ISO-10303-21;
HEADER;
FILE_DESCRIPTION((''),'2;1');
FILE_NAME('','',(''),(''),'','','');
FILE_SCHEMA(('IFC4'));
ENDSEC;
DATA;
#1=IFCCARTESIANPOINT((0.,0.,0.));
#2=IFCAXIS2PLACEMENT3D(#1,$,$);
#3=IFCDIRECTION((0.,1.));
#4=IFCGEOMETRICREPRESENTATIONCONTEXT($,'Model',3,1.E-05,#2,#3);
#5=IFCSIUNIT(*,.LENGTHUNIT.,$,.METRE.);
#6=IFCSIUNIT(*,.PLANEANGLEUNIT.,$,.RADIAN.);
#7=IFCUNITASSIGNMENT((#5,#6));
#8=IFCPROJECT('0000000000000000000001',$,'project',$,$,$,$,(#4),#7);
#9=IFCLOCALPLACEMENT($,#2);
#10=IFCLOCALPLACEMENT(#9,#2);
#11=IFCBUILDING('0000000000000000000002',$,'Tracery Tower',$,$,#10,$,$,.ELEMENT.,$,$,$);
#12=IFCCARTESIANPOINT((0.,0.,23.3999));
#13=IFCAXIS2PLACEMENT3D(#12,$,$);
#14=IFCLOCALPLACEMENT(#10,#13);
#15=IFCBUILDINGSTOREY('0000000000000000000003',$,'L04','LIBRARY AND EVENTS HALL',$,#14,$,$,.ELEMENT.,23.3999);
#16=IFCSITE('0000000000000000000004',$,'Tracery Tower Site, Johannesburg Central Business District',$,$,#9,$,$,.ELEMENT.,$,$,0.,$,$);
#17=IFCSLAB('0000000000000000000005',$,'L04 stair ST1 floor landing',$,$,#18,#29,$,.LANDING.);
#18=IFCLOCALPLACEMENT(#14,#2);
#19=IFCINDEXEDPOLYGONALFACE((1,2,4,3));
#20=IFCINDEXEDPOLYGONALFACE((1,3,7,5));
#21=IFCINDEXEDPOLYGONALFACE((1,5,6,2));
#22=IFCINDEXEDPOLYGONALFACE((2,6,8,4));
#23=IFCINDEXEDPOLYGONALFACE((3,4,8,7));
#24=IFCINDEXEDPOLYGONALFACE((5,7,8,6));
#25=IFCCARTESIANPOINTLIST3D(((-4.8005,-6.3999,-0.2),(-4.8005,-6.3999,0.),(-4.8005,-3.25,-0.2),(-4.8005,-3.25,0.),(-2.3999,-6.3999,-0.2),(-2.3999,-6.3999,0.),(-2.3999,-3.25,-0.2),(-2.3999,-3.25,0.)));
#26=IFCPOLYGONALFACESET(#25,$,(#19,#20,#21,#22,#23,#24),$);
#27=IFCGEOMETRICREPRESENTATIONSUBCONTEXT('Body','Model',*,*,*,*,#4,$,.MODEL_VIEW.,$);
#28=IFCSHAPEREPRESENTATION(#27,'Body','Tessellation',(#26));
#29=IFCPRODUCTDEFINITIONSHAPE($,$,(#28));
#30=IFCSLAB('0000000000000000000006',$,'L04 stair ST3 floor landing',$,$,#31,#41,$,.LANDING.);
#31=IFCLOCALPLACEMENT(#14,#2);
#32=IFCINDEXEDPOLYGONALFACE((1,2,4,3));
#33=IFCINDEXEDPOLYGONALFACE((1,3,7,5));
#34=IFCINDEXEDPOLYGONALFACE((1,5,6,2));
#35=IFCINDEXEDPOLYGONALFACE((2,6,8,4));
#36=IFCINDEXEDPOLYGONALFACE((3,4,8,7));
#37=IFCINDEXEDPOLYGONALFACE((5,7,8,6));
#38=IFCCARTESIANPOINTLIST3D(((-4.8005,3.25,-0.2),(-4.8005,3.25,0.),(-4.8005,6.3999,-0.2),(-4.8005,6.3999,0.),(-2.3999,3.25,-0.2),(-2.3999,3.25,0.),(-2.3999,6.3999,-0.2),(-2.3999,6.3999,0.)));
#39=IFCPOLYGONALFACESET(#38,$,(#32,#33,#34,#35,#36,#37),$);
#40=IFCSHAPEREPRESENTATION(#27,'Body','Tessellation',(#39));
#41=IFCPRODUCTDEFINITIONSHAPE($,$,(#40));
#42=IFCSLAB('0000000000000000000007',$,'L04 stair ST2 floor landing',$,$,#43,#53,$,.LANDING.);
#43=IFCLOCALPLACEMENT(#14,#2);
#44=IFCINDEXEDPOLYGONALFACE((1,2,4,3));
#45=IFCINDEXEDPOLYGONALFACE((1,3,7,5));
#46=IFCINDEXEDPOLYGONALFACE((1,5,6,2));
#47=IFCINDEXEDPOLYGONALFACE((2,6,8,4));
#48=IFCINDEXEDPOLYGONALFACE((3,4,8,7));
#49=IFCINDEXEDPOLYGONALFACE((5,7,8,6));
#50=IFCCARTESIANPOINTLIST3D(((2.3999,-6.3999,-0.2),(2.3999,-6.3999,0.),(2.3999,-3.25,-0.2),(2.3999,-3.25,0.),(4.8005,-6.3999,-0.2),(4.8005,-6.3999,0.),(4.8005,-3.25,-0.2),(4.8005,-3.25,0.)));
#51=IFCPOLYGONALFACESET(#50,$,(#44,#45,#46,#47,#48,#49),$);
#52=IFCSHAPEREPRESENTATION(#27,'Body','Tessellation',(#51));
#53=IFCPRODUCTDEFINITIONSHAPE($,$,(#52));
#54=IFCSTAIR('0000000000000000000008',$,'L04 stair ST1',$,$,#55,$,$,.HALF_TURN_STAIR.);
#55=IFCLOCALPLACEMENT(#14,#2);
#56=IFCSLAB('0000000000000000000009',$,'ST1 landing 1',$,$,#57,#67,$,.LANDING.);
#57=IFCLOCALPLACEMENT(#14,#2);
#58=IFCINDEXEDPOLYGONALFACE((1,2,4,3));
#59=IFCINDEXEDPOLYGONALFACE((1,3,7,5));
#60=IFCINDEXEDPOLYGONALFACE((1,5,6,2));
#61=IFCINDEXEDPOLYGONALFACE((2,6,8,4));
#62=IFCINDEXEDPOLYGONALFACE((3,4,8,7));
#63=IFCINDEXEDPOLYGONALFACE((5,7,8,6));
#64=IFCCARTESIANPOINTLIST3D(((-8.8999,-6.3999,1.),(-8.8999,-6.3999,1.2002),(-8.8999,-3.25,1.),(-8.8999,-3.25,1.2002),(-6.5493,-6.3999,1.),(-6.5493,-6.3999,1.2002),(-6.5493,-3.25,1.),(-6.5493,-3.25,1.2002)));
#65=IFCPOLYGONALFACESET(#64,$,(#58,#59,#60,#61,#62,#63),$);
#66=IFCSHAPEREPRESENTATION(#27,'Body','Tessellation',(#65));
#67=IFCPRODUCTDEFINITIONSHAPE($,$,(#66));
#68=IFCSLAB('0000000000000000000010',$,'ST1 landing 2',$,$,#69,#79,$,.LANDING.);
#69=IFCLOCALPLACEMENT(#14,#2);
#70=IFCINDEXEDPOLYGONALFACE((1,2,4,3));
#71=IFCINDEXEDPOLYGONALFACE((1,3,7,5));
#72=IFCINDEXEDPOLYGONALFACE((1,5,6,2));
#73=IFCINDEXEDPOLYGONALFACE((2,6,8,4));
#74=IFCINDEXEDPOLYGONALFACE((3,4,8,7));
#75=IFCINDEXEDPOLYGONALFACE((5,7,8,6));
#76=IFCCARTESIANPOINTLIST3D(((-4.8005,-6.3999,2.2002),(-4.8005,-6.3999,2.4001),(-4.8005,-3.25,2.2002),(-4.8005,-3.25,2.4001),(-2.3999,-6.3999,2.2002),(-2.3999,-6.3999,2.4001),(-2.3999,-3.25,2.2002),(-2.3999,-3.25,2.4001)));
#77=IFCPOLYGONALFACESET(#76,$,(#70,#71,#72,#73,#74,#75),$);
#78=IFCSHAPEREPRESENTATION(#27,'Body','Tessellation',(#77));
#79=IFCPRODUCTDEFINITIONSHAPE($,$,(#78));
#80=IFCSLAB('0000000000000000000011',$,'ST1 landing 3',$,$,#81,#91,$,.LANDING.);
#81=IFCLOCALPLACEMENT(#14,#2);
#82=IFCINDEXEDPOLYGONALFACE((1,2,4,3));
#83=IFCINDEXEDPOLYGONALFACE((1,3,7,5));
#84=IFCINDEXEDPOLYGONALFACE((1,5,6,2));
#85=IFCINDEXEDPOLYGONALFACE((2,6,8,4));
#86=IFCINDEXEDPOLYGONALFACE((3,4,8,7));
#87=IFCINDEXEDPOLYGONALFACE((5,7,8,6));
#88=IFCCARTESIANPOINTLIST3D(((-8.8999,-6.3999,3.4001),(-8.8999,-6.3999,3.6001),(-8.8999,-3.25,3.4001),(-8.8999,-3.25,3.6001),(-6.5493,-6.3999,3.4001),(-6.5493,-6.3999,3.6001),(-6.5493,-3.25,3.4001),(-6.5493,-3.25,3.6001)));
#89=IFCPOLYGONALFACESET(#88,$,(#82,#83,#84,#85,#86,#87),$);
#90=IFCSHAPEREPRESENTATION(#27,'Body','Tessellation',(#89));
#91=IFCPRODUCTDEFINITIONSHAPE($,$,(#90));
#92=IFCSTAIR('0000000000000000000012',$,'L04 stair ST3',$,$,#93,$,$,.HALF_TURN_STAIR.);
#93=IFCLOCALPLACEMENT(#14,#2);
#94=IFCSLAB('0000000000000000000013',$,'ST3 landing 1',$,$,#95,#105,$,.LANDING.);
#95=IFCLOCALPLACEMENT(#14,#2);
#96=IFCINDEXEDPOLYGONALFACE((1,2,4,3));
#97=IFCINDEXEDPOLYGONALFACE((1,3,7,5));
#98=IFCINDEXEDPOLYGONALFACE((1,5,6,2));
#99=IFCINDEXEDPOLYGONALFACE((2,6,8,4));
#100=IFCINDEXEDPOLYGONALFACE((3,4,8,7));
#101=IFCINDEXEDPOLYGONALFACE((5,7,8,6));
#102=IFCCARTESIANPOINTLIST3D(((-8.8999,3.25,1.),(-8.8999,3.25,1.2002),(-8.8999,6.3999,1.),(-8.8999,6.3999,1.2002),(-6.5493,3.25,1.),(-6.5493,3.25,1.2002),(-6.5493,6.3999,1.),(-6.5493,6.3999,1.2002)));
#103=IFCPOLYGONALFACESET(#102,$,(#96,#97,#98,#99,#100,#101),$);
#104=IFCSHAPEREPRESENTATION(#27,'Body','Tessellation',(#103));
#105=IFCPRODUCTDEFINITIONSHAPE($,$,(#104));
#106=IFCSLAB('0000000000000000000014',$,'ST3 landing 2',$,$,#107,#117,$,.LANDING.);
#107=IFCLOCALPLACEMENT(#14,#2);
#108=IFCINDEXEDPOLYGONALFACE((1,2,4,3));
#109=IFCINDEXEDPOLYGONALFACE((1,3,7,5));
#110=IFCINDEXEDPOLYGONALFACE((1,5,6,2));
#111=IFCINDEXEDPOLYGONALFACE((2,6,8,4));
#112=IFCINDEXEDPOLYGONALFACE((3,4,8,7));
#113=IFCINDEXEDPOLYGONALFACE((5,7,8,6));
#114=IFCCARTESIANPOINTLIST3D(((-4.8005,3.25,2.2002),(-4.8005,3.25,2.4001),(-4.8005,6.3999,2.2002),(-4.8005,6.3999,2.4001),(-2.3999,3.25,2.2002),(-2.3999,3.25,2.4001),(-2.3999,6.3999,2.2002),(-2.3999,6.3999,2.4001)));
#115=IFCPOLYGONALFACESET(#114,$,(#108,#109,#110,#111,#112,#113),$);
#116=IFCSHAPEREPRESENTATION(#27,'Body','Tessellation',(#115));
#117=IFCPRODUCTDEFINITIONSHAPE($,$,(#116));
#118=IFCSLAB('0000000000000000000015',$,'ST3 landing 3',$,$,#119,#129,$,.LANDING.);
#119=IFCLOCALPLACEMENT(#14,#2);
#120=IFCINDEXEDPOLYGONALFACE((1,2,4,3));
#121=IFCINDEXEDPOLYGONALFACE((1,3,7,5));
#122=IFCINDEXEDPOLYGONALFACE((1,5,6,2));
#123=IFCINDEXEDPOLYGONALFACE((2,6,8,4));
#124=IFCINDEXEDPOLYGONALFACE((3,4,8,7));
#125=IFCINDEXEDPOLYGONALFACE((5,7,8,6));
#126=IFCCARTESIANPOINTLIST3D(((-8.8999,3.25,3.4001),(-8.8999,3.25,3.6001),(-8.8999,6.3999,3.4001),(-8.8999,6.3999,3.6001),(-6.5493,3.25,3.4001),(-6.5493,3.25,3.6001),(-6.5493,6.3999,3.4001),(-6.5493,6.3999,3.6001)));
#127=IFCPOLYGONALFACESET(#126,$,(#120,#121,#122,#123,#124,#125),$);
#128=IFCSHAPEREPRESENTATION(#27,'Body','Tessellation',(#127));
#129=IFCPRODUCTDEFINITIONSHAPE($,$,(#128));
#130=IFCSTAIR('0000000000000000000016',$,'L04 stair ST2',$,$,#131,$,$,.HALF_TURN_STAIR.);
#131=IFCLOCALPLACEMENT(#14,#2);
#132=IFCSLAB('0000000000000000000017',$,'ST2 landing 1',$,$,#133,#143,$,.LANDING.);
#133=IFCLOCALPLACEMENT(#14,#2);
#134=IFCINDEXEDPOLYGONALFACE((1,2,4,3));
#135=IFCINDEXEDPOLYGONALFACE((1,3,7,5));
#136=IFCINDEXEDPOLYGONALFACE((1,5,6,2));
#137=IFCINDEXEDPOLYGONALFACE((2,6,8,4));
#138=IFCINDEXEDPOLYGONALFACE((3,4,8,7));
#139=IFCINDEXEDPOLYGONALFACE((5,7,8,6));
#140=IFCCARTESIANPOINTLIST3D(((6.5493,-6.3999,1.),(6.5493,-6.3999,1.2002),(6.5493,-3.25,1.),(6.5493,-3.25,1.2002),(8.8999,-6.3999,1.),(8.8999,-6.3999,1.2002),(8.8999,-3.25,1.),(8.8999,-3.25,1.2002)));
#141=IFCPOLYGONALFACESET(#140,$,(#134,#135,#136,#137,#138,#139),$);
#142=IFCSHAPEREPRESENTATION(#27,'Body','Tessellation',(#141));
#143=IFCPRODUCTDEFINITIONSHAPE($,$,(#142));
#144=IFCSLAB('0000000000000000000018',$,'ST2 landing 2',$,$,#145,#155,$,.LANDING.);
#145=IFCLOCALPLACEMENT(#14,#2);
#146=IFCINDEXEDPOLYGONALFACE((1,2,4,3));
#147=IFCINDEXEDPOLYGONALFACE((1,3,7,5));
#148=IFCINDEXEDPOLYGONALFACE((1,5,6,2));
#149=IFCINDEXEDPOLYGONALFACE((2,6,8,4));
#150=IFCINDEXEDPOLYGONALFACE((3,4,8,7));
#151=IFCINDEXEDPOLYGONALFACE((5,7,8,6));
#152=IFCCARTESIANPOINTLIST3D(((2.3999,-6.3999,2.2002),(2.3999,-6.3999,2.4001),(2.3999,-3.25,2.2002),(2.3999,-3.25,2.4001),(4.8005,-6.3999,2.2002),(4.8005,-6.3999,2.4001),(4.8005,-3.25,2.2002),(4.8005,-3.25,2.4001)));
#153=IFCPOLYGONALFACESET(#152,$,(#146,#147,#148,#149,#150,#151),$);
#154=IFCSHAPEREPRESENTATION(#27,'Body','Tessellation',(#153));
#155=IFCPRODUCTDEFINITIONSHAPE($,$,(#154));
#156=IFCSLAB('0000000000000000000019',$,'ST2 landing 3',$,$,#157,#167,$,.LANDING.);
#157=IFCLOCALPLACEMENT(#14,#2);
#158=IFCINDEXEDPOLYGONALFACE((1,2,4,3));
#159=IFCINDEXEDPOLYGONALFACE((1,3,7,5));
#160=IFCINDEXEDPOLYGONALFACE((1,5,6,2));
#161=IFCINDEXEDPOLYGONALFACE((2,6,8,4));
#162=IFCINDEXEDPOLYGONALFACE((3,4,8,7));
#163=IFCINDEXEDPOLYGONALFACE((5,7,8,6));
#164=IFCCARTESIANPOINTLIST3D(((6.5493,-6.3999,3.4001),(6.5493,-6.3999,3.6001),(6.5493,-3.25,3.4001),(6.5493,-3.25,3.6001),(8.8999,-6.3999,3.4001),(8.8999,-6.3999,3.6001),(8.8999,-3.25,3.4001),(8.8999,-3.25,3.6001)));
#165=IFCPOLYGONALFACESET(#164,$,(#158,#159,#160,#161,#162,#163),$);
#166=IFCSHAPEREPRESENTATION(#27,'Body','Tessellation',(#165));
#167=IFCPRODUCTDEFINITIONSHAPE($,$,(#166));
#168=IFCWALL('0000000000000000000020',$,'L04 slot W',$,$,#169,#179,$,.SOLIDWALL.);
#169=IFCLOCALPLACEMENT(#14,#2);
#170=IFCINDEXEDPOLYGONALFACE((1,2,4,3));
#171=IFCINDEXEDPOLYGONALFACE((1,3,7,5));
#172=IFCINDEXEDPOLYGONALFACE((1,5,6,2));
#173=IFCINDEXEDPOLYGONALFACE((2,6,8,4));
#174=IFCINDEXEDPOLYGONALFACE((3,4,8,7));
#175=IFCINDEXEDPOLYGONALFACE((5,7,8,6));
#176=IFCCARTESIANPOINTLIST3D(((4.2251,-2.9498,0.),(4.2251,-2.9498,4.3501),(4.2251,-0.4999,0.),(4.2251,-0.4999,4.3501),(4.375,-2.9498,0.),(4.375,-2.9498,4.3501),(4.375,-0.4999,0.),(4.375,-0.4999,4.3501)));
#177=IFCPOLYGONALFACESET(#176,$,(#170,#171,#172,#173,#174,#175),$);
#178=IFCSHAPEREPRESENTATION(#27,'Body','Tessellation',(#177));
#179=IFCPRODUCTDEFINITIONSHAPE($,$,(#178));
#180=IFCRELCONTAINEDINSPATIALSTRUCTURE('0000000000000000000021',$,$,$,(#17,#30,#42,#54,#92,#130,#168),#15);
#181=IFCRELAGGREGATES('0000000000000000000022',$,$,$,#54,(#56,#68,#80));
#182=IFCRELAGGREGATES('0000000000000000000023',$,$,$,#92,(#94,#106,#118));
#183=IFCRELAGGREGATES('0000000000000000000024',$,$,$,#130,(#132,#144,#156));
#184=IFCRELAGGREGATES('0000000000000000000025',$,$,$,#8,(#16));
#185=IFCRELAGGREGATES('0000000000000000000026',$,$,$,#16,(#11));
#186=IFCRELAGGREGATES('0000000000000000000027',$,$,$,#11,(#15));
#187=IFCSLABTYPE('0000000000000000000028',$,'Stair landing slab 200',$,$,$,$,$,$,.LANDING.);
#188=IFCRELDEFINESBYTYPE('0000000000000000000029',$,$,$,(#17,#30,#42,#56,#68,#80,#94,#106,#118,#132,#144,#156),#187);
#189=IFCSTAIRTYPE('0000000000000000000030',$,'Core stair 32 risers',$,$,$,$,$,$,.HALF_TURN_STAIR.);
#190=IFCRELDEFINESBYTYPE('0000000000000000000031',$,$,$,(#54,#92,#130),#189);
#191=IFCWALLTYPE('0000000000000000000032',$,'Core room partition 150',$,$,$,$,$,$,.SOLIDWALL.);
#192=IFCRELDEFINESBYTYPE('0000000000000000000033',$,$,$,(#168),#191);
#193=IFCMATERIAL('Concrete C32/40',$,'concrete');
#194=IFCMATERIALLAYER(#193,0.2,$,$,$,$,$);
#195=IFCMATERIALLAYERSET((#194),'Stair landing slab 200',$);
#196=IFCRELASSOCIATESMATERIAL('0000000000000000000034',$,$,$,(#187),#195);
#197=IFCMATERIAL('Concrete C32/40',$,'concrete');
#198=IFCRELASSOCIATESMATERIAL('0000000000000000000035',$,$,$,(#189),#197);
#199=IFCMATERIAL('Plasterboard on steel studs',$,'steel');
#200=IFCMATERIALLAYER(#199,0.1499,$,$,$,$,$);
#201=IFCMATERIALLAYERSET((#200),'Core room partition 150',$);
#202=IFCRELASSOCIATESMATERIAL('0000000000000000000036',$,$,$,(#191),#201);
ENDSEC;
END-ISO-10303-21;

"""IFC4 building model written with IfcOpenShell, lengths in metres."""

from ifc_helpers import new_model, si_unit, direction, frame, frame_2d, origin, place, context, subcontext, project, spatial, polyline, rectangle, outline, extrude, material, layer, layer_set, type_object, element, aggregate, save


model = new_model("IFC4")

# Units and contexts
model_context = context("Model", 3, precision=1e-05, world=origin(), true_north=direction((0.0, 1.0)))
body_context = subcontext(model_context, "Body", "Model", "MODEL_VIEW")
ifc_project = project(units=[si_unit("LENGTHUNIT", "METRE"), si_unit("PLANEANGLEUNIT", "RADIAN")], contexts=[model_context])

# Site, building, storey
site_placement = place(None, origin())
site = spatial("IfcSite", under=ifc_project, at=site_placement, Name="Tracery Tower Site, Johannesburg Central Business District", CompositionType="ELEMENT", RefElevation=0.0)
building_placement = place(site_placement, origin())
building = spatial("IfcBuilding", under=site, at=building_placement, Name="Tracery Tower", CompositionType="ELEMENT")
storey_placement = place(building_placement, frame((0.0, 0.0, 23.3999)))
storey = spatial("IfcBuildingStorey", under=building, at=storey_placement, Name="L04", Description="LIBRARY AND EVENTS HALL", CompositionType="ELEMENT", Elevation=23.3999)

# Slabs
ifc_material_1 = material(Name="Concrete C32/40", Category="concrete")
ifc_layer_1 = layer(ifc_material_1, 0.2)
ifc_layer_set_1 = layer_set([ifc_layer_1], Name="Stair landing slab 200")
slab_type_1 = type_object("IfcSlabType", Name="Stair landing slab 200", PredefinedType="LANDING", material=ifc_layer_set_1)
slab_1_placement = place(storey_placement, frame((0.0, 0.0, -0.2)))
element("IfcSlab", 1, at=slab_1_placement, inside=storey, type_object=slab_type_1, Name="L04 stair ST1 floor landing", PredefinedType="LANDING", context=body_context, shape_type="SweptSolid", body=[
    extrude(outline(polyline([(-2.3999, -3.25), (-4.8005, -3.25), (-4.8005, -6.3999), (-2.3999, -6.3999), (-2.3999, -3.25)])), origin(), (0.0, 0.0, 1.0), 0.2),
])
slab_2_placement = place(storey_placement, frame((0.0, 0.0, -0.2)))
element("IfcSlab", 2, at=slab_2_placement, inside=storey, type_object=slab_type_1, Name="L04 stair ST3 floor landing", PredefinedType="LANDING", context=body_context, shape_type="SweptSolid", body=[
    extrude(outline(polyline([(-2.3999, 6.3999), (-4.8005, 6.3999), (-4.8005, 3.25), (-2.3999, 3.25), (-2.3999, 6.3999)])), origin(), (0.0, 0.0, 1.0), 0.2),
])
slab_3_placement = place(storey_placement, frame((0.0, 0.0, -0.2)))
element("IfcSlab", 3, at=slab_3_placement, inside=storey, type_object=slab_type_1, Name="L04 stair ST2 floor landing", PredefinedType="LANDING", context=body_context, shape_type="SweptSolid", body=[
    extrude(outline(polyline([(2.3999, -6.3999), (4.8005, -6.3999), (4.8005, -3.25), (2.3999, -3.25), (2.3999, -6.3999)])), origin(), (0.0, 0.0, 1.0), 0.2),
])

# Stairs, slabs
ifc_material_2 = material(Name="Concrete C32/40", Category="concrete")
stair_type = type_object("IfcStairType", Name="Core stair 32 risers", PredefinedType="HALF_TURN_STAIR", material=ifc_material_2)
stair_1_placement = place(storey_placement, origin())
stair_1 = element("IfcStair", 4, at=stair_1_placement, inside=storey, type_object=stair_type, Name="L04 stair ST1", PredefinedType="HALF_TURN_STAIR")
slab_4_placement = place(storey_placement, frame((0.0, 0.0, 1.0)))
slab_4 = element("IfcSlab", 5, at=slab_4_placement, type_object=slab_type_1, Name="ST1 landing 1", PredefinedType="LANDING", context=body_context, shape_type="SweptSolid", body=[
    extrude(outline(polyline([(-6.5493, -3.25), (-8.8999, -3.25), (-8.8999, -6.3999), (-6.5493, -6.3999), (-6.5493, -3.25)])), origin(), (0.0, 0.0, 1.0), 0.2002),
])
slab_5_placement = place(storey_placement, frame((0.0, 0.0, 2.2002)))
slab_5 = element("IfcSlab", 6, at=slab_5_placement, type_object=slab_type_1, Name="ST1 landing 2", PredefinedType="LANDING", context=body_context, shape_type="SweptSolid", body=[
    extrude(outline(polyline([(-2.3999, -3.25), (-4.8005, -3.25), (-4.8005, -6.3999), (-2.3999, -6.3999), (-2.3999, -3.25)])), origin(), (0.0, 0.0, 1.0), 0.2),
])
slab_6_placement = place(storey_placement, frame((0.0, 0.0, 3.4001)))
slab_6 = element("IfcSlab", 7, at=slab_6_placement, type_object=slab_type_1, Name="ST1 landing 3", PredefinedType="LANDING", context=body_context, shape_type="SweptSolid", body=[
    extrude(outline(polyline([(-6.5493, -3.25), (-8.8999, -3.25), (-8.8999, -6.3999), (-6.5493, -6.3999), (-6.5493, -3.25)])), origin(), (0.0, 0.0, 1.0), 0.2),
])
aggregate(stair_1, [slab_4, slab_5, slab_6])
stair_2_placement = place(storey_placement, origin())
stair_2 = element("IfcStair", 8, at=stair_2_placement, inside=storey, type_object=stair_type, Name="L04 stair ST3", PredefinedType="HALF_TURN_STAIR")
slab_7_placement = place(storey_placement, frame((0.0, 0.0, 1.0)))
slab_7 = element("IfcSlab", 9, at=slab_7_placement, type_object=slab_type_1, Name="ST3 landing 1", PredefinedType="LANDING", context=body_context, shape_type="SweptSolid", body=[
    extrude(outline(polyline([(-6.5493, 6.3999), (-8.8999, 6.3999), (-8.8999, 3.25), (-6.5493, 3.25), (-6.5493, 6.3999)])), origin(), (0.0, 0.0, 1.0), 0.2002),
])
slab_8_placement = place(storey_placement, frame((0.0, 0.0, 2.2002)))
slab_8 = element("IfcSlab", 10, at=slab_8_placement, type_object=slab_type_1, Name="ST3 landing 2", PredefinedType="LANDING", context=body_context, shape_type="SweptSolid", body=[
    extrude(outline(polyline([(-2.3999, 6.3999), (-4.8005, 6.3999), (-4.8005, 3.25), (-2.3999, 3.25), (-2.3999, 6.3999)])), origin(), (0.0, 0.0, 1.0), 0.2),
])
slab_9_placement = place(storey_placement, frame((0.0, 0.0, 3.4001)))
slab_9 = element("IfcSlab", 11, at=slab_9_placement, type_object=slab_type_1, Name="ST3 landing 3", PredefinedType="LANDING", context=body_context, shape_type="SweptSolid", body=[
    extrude(outline(polyline([(-6.5493, 6.3999), (-8.8999, 6.3999), (-8.8999, 3.25), (-6.5493, 3.25), (-6.5493, 6.3999)])), origin(), (0.0, 0.0, 1.0), 0.2),
])
aggregate(stair_2, [slab_7, slab_8, slab_9])
stair_3_placement = place(storey_placement, origin())
stair_3 = element("IfcStair", 12, at=stair_3_placement, inside=storey, type_object=stair_type, Name="L04 stair ST2", PredefinedType="HALF_TURN_STAIR")
slab_10_placement = place(storey_placement, frame((0.0, 0.0, 1.0)))
slab_10 = element("IfcSlab", 13, at=slab_10_placement, type_object=slab_type_1, Name="ST2 landing 1", PredefinedType="LANDING", context=body_context, shape_type="SweptSolid", body=[
    extrude(outline(polyline([(6.5493, -6.3999), (8.8999, -6.3999), (8.8999, -3.25), (6.5493, -3.25), (6.5493, -6.3999)])), origin(), (0.0, 0.0, 1.0), 0.2002),
])
slab_11_placement = place(storey_placement, frame((0.0, 0.0, 2.2002)))
slab_11 = element("IfcSlab", 14, at=slab_11_placement, type_object=slab_type_1, Name="ST2 landing 2", PredefinedType="LANDING", context=body_context, shape_type="SweptSolid", body=[
    extrude(outline(polyline([(2.3999, -6.3999), (4.8005, -6.3999), (4.8005, -3.25), (2.3999, -3.25), (2.3999, -6.3999)])), origin(), (0.0, 0.0, 1.0), 0.2),
])
slab_12_placement = place(storey_placement, frame((0.0, 0.0, 3.4001)))
slab_12 = element("IfcSlab", 15, at=slab_12_placement, type_object=slab_type_1, Name="ST2 landing 3", PredefinedType="LANDING", context=body_context, shape_type="SweptSolid", body=[
    extrude(outline(polyline([(6.5493, -6.3999), (8.8999, -6.3999), (8.8999, -3.25), (6.5493, -3.25), (6.5493, -6.3999)])), origin(), (0.0, 0.0, 1.0), 0.2),
])
aggregate(stair_3, [slab_10, slab_11, slab_12])

# Wall
ifc_material_3 = material(Name="Plasterboard on steel studs", Category="steel")
ifc_layer_2 = layer(ifc_material_3, 0.1499)
ifc_layer_set_2 = layer_set([ifc_layer_2], Name="Core room partition 150")
wall_type_1 = type_object("IfcWallType", Name="Core room partition 150", PredefinedType="SOLIDWALL", material=ifc_layer_set_2)
wall_1_placement = place(storey_placement, frame((4.3, -2.95, 0.0), z_axis=(0.0, 0.0, 1.0), x_axis=(0.0, 1.0, 0.0)))
element("IfcWall", 16, at=wall_1_placement, inside=storey, type_object=wall_type_1, Name="L04 slot W", PredefinedType="SOLIDWALL", context=body_context, shape_type="SweptSolid", body=[
    extrude(rectangle(XDim=2.45, YDim=0.1499, at=frame_2d((1.2251, 0.0))), origin(), (0.0, 0.0, 1.0), 4.3501),
])

save(model, "model.ifc")
